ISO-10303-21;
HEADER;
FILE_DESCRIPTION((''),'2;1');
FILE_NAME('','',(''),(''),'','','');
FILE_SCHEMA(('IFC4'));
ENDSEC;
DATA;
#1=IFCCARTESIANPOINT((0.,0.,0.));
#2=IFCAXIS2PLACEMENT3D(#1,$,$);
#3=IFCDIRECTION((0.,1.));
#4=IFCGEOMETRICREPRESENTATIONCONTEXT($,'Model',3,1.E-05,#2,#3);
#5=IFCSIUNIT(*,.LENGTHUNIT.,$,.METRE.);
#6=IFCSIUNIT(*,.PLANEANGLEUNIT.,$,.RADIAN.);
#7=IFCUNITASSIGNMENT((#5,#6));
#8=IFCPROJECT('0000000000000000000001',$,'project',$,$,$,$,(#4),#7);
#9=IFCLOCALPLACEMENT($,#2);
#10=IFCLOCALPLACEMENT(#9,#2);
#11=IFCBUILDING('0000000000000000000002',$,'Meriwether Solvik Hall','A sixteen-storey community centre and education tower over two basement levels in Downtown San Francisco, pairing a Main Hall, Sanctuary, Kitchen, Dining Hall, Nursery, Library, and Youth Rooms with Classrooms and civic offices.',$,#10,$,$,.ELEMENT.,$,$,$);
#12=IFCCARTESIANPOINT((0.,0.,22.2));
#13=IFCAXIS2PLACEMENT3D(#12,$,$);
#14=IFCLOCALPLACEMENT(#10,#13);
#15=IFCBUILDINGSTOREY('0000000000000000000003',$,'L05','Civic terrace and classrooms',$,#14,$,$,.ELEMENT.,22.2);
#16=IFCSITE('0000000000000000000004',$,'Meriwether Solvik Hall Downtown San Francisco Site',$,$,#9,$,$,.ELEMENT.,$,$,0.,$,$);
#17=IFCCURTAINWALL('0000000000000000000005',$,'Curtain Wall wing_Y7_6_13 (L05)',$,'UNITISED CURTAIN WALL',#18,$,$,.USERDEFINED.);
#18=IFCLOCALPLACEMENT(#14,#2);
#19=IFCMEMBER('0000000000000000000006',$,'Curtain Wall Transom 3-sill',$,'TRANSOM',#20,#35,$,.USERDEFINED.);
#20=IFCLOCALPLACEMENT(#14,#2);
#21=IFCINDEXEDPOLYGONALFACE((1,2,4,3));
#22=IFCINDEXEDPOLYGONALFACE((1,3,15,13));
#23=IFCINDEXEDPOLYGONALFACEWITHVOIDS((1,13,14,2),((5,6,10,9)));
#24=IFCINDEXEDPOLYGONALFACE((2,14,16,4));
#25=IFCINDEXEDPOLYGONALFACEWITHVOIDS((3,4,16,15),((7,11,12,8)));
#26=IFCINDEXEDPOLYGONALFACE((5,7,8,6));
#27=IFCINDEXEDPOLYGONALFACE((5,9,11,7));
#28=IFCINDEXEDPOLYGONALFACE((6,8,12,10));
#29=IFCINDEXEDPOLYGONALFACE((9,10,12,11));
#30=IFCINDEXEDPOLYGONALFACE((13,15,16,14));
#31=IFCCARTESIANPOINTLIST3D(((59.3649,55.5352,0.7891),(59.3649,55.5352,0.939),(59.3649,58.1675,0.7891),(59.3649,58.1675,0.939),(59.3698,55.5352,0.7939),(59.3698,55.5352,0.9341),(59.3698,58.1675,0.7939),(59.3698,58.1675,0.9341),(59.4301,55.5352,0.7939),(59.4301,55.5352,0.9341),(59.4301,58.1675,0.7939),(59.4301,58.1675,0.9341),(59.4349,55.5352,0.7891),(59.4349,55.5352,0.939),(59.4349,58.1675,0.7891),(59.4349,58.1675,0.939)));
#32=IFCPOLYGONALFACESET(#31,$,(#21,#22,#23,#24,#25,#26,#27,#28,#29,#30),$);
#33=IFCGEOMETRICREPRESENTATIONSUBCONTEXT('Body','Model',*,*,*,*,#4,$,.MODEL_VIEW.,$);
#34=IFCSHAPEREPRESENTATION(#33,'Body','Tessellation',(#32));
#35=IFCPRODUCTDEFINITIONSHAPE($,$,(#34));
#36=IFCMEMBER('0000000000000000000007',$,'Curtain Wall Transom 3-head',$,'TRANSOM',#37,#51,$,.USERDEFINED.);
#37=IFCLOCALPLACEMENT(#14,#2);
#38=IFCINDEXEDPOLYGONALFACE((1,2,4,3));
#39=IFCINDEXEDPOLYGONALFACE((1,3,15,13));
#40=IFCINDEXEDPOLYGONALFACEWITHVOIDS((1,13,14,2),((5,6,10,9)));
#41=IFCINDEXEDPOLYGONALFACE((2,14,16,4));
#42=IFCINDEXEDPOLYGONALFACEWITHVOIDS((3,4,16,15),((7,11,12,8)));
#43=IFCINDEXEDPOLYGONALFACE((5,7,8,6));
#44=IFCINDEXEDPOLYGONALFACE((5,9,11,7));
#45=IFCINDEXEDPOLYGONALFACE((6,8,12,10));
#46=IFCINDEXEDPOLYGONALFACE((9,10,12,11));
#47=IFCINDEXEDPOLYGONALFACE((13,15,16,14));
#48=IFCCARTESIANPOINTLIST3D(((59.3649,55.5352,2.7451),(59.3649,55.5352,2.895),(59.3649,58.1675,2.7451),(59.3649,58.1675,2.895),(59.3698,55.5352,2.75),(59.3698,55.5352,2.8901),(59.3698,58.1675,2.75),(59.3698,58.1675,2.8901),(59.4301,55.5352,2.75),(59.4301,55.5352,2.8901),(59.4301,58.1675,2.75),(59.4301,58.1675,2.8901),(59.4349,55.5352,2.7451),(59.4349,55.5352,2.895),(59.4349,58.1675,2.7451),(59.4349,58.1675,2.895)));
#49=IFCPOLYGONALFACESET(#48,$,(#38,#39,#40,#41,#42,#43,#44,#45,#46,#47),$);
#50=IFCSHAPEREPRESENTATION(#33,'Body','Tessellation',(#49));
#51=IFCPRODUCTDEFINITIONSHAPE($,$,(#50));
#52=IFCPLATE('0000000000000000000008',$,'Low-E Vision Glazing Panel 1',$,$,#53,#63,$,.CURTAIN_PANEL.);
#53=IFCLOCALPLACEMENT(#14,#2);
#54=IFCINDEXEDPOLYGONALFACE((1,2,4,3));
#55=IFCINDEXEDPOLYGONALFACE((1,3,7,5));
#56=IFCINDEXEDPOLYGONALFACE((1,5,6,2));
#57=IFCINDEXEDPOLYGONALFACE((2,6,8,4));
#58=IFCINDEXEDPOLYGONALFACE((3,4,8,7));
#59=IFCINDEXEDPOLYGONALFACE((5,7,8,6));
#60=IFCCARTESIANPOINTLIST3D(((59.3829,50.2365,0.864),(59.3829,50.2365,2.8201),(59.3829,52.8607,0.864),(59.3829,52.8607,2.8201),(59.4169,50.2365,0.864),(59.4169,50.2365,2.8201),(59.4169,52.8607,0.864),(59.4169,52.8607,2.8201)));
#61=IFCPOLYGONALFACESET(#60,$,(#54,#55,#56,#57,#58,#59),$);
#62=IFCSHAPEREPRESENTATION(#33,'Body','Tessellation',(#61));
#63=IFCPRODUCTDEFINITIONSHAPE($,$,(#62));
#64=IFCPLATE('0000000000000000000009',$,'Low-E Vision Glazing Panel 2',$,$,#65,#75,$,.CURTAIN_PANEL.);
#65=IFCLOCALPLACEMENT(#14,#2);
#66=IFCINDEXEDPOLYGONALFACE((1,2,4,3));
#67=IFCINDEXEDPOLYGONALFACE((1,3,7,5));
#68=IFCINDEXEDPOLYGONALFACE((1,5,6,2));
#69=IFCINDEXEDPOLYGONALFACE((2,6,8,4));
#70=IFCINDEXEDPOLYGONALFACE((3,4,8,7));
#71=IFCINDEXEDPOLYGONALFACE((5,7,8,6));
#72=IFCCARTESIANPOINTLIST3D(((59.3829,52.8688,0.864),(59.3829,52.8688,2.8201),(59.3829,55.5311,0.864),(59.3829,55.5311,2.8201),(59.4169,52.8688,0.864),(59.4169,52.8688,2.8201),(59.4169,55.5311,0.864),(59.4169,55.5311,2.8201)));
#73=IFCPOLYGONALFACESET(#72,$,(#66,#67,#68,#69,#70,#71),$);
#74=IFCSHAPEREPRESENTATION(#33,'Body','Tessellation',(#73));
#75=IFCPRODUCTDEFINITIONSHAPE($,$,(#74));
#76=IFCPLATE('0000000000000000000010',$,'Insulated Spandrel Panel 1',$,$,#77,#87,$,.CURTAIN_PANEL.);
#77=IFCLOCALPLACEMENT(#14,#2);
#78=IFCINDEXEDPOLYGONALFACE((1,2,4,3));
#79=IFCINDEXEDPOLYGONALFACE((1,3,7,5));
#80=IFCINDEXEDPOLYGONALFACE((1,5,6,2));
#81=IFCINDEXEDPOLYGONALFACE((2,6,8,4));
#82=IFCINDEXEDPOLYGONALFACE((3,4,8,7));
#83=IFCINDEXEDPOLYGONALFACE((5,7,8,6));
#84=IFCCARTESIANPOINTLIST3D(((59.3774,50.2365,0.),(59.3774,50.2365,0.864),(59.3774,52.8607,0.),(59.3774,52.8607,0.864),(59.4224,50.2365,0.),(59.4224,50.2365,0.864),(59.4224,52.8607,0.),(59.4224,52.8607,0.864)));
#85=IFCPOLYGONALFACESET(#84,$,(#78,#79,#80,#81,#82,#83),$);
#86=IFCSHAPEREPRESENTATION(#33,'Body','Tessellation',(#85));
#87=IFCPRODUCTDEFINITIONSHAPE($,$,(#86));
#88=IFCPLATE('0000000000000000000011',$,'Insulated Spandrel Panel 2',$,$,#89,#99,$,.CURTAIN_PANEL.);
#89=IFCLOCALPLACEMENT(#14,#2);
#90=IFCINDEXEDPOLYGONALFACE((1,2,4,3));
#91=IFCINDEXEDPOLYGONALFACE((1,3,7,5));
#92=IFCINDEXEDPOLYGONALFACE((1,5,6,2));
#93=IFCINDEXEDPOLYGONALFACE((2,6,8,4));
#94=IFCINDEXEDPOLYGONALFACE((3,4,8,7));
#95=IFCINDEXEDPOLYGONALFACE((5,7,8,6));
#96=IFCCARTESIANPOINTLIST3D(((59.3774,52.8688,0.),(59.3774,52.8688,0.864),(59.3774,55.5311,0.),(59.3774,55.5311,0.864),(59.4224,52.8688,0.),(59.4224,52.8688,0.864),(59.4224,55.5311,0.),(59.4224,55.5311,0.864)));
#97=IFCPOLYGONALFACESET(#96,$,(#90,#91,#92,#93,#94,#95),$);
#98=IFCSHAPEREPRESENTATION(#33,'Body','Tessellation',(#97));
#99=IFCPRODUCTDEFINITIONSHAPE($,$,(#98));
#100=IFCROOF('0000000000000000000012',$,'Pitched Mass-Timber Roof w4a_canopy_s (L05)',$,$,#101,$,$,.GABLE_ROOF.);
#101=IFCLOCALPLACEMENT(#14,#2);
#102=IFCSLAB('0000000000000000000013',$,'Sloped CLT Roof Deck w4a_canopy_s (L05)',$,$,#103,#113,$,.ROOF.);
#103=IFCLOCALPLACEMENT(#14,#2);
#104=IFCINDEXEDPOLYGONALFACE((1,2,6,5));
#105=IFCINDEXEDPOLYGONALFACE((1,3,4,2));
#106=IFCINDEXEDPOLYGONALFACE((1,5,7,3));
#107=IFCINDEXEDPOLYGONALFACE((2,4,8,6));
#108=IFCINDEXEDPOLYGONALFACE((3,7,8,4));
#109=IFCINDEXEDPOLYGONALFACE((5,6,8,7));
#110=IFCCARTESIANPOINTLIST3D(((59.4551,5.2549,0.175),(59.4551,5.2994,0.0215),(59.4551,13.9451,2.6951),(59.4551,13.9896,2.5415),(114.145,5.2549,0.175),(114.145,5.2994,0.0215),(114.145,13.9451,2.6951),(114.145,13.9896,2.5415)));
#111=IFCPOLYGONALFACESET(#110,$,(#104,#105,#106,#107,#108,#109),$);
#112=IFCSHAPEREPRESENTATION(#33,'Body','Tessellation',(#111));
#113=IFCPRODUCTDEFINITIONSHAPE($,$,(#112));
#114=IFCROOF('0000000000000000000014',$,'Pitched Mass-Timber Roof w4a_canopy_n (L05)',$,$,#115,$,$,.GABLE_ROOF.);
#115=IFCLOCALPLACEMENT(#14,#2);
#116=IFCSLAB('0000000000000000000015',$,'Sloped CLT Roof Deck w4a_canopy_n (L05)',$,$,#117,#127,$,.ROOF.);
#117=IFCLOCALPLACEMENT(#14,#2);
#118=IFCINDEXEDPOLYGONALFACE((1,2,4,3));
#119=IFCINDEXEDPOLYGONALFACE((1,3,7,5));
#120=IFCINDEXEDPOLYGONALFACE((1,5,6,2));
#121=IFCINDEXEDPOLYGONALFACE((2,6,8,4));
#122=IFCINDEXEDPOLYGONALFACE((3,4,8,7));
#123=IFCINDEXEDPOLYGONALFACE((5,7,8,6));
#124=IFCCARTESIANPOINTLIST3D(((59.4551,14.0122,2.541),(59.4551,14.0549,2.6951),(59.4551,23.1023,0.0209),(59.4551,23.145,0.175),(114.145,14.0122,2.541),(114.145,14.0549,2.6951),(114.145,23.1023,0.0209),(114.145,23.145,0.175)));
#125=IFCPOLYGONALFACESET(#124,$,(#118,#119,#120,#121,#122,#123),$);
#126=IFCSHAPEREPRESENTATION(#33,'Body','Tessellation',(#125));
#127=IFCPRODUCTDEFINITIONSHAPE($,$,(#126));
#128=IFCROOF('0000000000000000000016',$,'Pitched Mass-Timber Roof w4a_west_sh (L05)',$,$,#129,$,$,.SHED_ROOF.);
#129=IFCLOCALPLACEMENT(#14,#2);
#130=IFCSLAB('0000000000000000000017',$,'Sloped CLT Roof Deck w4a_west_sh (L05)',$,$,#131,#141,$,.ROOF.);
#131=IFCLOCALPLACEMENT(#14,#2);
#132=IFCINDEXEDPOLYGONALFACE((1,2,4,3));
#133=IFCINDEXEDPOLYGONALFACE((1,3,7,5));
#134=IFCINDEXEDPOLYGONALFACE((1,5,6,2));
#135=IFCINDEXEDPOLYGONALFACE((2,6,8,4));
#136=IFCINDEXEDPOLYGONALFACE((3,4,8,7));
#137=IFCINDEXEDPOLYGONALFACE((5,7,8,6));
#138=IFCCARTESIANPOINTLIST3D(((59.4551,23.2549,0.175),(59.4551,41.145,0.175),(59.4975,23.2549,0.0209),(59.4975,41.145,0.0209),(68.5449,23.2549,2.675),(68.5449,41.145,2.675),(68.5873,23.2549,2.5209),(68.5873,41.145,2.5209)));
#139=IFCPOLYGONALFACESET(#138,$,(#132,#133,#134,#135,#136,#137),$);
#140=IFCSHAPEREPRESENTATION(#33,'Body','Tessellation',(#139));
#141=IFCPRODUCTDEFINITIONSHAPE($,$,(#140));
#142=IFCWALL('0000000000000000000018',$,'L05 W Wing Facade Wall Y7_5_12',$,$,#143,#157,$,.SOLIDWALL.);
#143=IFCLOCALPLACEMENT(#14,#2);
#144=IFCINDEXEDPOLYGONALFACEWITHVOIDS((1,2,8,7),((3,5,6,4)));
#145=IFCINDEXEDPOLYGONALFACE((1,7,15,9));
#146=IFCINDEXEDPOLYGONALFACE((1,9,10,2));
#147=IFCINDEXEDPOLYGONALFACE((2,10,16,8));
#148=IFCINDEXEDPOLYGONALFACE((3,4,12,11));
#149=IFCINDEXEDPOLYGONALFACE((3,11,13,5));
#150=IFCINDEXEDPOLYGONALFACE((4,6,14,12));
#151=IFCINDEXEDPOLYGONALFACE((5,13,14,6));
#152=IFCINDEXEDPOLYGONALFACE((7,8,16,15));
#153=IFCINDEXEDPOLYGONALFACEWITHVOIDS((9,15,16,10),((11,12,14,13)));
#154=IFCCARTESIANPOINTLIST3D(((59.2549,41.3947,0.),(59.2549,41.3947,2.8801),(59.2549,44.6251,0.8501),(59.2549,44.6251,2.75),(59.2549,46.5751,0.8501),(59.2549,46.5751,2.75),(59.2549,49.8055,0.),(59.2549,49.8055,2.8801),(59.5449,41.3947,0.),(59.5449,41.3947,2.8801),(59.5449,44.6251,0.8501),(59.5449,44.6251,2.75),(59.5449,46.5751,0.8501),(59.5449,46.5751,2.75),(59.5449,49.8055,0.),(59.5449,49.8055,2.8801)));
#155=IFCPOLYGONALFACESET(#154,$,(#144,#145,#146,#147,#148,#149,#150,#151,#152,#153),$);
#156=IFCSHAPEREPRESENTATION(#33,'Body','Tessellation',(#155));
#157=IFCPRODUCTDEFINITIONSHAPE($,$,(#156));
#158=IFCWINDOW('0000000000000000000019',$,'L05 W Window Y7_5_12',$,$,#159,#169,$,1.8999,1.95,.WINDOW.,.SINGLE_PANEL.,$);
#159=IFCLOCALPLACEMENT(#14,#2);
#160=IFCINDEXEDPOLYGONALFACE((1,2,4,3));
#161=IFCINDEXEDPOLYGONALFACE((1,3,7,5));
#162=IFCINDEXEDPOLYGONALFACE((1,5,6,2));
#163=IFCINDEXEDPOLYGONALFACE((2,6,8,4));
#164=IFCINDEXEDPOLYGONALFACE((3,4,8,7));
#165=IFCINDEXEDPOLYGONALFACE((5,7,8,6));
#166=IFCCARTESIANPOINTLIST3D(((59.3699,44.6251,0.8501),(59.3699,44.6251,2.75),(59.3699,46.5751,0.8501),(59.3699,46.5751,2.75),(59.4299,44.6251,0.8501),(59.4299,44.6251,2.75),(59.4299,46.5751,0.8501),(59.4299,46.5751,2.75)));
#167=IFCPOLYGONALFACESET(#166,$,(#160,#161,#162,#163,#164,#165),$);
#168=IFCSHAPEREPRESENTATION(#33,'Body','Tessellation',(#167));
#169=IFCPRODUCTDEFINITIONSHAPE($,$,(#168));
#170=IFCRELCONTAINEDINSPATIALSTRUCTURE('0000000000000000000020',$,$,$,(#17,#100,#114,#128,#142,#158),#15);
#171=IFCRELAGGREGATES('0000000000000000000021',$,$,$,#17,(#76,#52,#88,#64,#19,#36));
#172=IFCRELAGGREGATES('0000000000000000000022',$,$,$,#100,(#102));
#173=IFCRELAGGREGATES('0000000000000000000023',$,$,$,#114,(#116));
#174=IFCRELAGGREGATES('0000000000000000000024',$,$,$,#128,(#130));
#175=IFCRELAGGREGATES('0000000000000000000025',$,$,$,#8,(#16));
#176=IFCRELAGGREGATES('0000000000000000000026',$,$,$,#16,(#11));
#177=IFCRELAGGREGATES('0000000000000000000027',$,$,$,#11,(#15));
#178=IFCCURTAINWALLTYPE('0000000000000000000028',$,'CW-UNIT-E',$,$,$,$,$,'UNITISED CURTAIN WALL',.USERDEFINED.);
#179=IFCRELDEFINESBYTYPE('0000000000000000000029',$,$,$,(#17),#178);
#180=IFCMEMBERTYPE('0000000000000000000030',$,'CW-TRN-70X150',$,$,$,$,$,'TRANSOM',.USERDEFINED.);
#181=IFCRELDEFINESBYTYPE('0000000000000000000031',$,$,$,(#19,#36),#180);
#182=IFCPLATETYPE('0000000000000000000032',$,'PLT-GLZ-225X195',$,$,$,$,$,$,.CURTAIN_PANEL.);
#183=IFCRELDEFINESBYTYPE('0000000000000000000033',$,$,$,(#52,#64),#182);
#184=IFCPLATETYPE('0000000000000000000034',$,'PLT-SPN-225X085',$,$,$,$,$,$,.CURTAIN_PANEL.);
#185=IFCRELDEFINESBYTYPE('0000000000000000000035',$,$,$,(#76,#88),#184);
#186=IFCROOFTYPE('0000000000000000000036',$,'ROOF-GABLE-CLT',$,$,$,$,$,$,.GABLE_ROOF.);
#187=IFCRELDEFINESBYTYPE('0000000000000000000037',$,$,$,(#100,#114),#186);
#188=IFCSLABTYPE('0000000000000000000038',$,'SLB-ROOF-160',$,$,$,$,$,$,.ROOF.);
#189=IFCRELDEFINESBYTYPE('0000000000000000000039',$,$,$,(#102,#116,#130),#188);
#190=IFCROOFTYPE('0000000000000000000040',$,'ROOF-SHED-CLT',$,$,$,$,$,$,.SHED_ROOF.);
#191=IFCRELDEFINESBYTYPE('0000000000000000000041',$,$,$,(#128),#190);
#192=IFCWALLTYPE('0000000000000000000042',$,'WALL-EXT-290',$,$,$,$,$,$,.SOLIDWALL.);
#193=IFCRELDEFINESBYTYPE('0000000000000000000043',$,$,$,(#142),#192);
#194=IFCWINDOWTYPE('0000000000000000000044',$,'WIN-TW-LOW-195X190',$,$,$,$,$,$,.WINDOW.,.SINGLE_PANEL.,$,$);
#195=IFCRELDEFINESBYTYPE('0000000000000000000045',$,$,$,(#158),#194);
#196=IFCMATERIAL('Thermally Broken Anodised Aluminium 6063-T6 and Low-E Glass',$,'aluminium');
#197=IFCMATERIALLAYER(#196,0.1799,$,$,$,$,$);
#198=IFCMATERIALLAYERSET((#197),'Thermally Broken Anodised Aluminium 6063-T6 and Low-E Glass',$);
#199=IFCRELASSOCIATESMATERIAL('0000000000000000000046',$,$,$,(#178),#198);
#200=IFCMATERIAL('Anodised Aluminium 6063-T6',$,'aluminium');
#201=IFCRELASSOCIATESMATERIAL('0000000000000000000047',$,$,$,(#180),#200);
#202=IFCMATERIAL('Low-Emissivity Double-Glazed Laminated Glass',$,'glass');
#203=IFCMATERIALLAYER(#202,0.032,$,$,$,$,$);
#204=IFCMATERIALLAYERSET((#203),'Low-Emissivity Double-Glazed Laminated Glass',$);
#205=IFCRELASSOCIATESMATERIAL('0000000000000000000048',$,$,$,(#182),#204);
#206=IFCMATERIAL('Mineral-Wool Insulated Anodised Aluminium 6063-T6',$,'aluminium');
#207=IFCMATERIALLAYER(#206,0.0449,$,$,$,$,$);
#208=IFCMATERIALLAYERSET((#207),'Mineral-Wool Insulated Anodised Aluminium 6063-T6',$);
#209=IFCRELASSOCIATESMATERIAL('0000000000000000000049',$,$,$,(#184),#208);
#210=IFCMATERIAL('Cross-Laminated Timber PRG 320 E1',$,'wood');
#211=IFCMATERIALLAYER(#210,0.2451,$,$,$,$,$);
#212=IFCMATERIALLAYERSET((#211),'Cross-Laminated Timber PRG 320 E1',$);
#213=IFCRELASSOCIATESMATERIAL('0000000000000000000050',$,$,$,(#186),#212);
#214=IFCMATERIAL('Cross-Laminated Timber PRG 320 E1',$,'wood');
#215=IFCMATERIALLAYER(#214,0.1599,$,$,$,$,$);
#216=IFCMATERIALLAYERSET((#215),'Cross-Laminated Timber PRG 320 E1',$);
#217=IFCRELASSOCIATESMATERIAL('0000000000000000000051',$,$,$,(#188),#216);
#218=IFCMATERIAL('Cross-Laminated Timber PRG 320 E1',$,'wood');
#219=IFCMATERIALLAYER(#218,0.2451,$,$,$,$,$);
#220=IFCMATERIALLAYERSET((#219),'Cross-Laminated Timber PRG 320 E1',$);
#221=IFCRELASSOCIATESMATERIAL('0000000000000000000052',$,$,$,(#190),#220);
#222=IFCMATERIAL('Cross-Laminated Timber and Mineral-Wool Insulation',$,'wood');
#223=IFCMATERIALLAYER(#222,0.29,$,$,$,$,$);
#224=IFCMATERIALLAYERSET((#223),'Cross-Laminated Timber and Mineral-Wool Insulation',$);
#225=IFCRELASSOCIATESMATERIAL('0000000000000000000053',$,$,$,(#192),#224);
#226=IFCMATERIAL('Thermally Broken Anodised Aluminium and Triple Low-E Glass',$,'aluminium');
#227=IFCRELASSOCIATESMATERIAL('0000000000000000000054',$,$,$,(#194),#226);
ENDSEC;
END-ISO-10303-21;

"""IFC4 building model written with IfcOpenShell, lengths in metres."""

from ifc_helpers import new_model, si_unit, direction, frame, frame_2d, origin, origin_2d, place, context, subcontext, project, spatial, polyline, rectangle, hollow_rectangle, outline, extrude, material, layer, layer_set, material_profile, profile_set, type_object, element, fill, aggregate, save


model = new_model("IFC4")

# Units and contexts
model_context = context("Model", 3, precision=1e-05, world=origin(), true_north=direction((0.0, 1.0)))
body_context = subcontext(model_context, "Body", "Model", "MODEL_VIEW")
ifc_project = project(units=[si_unit("LENGTHUNIT", "METRE"), si_unit("PLANEANGLEUNIT", "RADIAN")], contexts=[model_context])

# Site, building, storey
site_placement = place(None, origin())
site = spatial("IfcSite", under=ifc_project, at=site_placement, Name="Meriwether Solvik Hall Downtown San Francisco Site", CompositionType="ELEMENT", RefElevation=0.0)
building_placement = place(site_placement, origin())
building = spatial("IfcBuilding", under=site, at=building_placement, Name="Meriwether Solvik Hall", Description="A sixteen-storey community centre and education tower over two basement levels in Downtown San Francisco, pairing a Main Hall, Sanctuary, Kitchen, Dining Hall, Nursery, Library, and Youth Rooms with Classrooms and civic offices.", CompositionType="ELEMENT")
storey_placement = place(building_placement, frame((0.0, 0.0, 22.2)))
storey = spatial("IfcBuildingStorey", under=building, at=storey_placement, Name="L05", Description="Civic terrace and classrooms", CompositionType="ELEMENT", Elevation=22.2)

# Curtain wall, members, plates
ifc_material_1 = material(Name="Thermally Broken Anodised Aluminium 6063-T6 and Low-E Glass", Category="aluminium")
ifc_layer_1 = layer(ifc_material_1, 0.1799)
ifc_layer_set_1 = layer_set([ifc_layer_1], Name="Thermally Broken Anodised Aluminium 6063-T6 and Low-E Glass")
curtain_wall_type = type_object("IfcCurtainWallType", Name="CW-UNIT-E", ElementType="UNITISED CURTAIN WALL", PredefinedType="USERDEFINED", material=ifc_layer_set_1)
curtain_wall_placement = place(storey_placement, origin())
curtain_wall = element("IfcCurtainWall", 1, at=curtain_wall_placement, inside=storey, type_object=curtain_wall_type, Name="Curtain Wall wing_Y7_6_13 (L05)", ObjectType="UNITISED CURTAIN WALL", PredefinedType="USERDEFINED")
ifc_material_2 = material(Name="Anodised Aluminium 6063-T6", Category="aluminium")
ifc_material_profile_1 = material_profile(ifc_material_2, hollow_rectangle(XDim=0.0701, YDim=0.1499, WallThickness=0.0049, at=origin_2d()), Name="CWT-70X150")
ifc_profile_set_1 = profile_set([ifc_material_profile_1], Name="Anodised Aluminium 6063-T6")
member_type_1 = type_object("IfcMemberType", Name="CW-TRN-70X150", ElementType="TRANSOM", PredefinedType="USERDEFINED", material=ifc_profile_set_1)
member_1_placement = place(storey_placement, frame((59.3999, 55.5352, 0.864), z_axis=(0.0, 1.0, 0.0), x_axis=(-1.0, 0.0, 0.0)))
member_1 = element("IfcMember", 2, at=member_1_placement, type_object=member_type_1, Name="Curtain Wall Transom 3-sill", ObjectType="TRANSOM", PredefinedType="USERDEFINED", context=body_context, shape_type="SweptSolid", body=[
    extrude(hollow_rectangle(XDim=0.0701, YDim=0.1499, WallThickness=0.0049, at=origin_2d()), origin(), (0.0, 0.0, 1.0), 2.6323),
])
member_2_placement = place(storey_placement, frame((59.3999, 55.5352, 2.8201), z_axis=(0.0, 1.0, 0.0), x_axis=(-1.0, 0.0, 0.0)))
member_2 = element("IfcMember", 3, at=member_2_placement, type_object=member_type_1, Name="Curtain Wall Transom 3-head", ObjectType="TRANSOM", PredefinedType="USERDEFINED", context=body_context, shape_type="SweptSolid", body=[
    extrude(hollow_rectangle(XDim=0.0701, YDim=0.1499, WallThickness=0.0049, at=origin_2d()), origin(), (0.0, 0.0, 1.0), 2.6323),
])
ifc_material_3 = material(Name="Low-Emissivity Double-Glazed Laminated Glass", Category="glass")
ifc_layer_2 = layer(ifc_material_3, 0.032)
ifc_layer_set_2 = layer_set([ifc_layer_2], Name="Low-Emissivity Double-Glazed Laminated Glass")
plate_type_1 = type_object("IfcPlateType", Name="PLT-GLZ-225X195", PredefinedType="CURTAIN_PANEL", material=ifc_layer_set_2)
plate_1_placement = place(storey_placement, frame((59.3999, 51.5486, 0.864), z_axis=(0.0, 0.0, 1.0), x_axis=(0.0, 1.0, 0.0)))
plate_1 = element("IfcPlate", 4, at=plate_1_placement, type_object=plate_type_1, Name="Low-E Vision Glazing Panel 1", PredefinedType="CURTAIN_PANEL", context=body_context, shape_type="SweptSolid", body=[
    extrude(rectangle(XDim=2.6243, YDim=0.0339, at=origin_2d()), origin(), (0.0, 0.0, 1.0), 1.9561),
])
plate_2_placement = place(storey_placement, frame((59.3999, 54.2, 0.864), z_axis=(0.0, 0.0, 1.0), x_axis=(0.0, 1.0, 0.0)))
plate_2 = element("IfcPlate", 5, at=plate_2_placement, type_object=plate_type_1, Name="Low-E Vision Glazing Panel 2", PredefinedType="CURTAIN_PANEL", context=body_context, shape_type="SweptSolid", body=[
    extrude(rectangle(XDim=2.6624, YDim=0.0339, at=origin_2d()), origin(), (0.0, 0.0, 1.0), 1.9561),
])
ifc_material_4 = material(Name="Mineral-Wool Insulated Anodised Aluminium 6063-T6", Category="aluminium")
ifc_layer_3 = layer(ifc_material_4, 0.0449)
ifc_layer_set_3 = layer_set([ifc_layer_3], Name="Mineral-Wool Insulated Anodised Aluminium 6063-T6")
plate_type_2 = type_object("IfcPlateType", Name="PLT-SPN-225X085", PredefinedType="CURTAIN_PANEL", material=ifc_layer_set_3)
plate_3_placement = place(storey_placement, frame((59.3999, 51.5486, 0.0), z_axis=(0.0, 0.0, 1.0), x_axis=(0.0, 1.0, 0.0)))
plate_3 = element("IfcPlate", 6, at=plate_3_placement, type_object=plate_type_2, Name="Insulated Spandrel Panel 1", PredefinedType="CURTAIN_PANEL", context=body_context, shape_type="SweptSolid", body=[
    extrude(rectangle(XDim=2.6243, YDim=0.0449, at=origin_2d()), origin(), (0.0, 0.0, 1.0), 0.864),
])
plate_4_placement = place(storey_placement, frame((59.3999, 54.2, 0.0), z_axis=(0.0, 0.0, 1.0), x_axis=(0.0, 1.0, 0.0)))
plate_4 = element("IfcPlate", 7, at=plate_4_placement, type_object=plate_type_2, Name="Insulated Spandrel Panel 2", PredefinedType="CURTAIN_PANEL", context=body_context, shape_type="SweptSolid", body=[
    extrude(rectangle(XDim=2.6624, YDim=0.0449, at=origin_2d()), origin(), (0.0, 0.0, 1.0), 0.864),
])
aggregate(curtain_wall, [plate_3, plate_1, plate_4, plate_2, member_1, member_2])

# Roofs, slabs
ifc_material_5 = material(Name="Cross-Laminated Timber PRG 320 E1", Category="wood")
ifc_layer_4 = layer(ifc_material_5, 0.2451)
ifc_layer_set_4 = layer_set([ifc_layer_4], Name="Cross-Laminated Timber PRG 320 E1")
roof_type_1 = type_object("IfcRoofType", Name="ROOF-GABLE-CLT", PredefinedType="GABLE_ROOF", material=ifc_layer_set_4)
roof_1_placement = place(storey_placement, origin())
roof_1 = element("IfcRoof", 8, at=roof_1_placement, inside=storey, type_object=roof_type_1, Name="Pitched Mass-Timber Roof w4a_canopy_s (L05)", PredefinedType="GABLE_ROOF")
ifc_material_6 = material(Name="Cross-Laminated Timber PRG 320 E1", Category="wood")
ifc_layer_5 = layer(ifc_material_6, 0.1599)
ifc_layer_set_5 = layer_set([ifc_layer_5], Name="Cross-Laminated Timber PRG 320 E1")
slab_type = type_object("IfcSlabType", Name="SLB-ROOF-160", PredefinedType="ROOF", material=ifc_layer_set_5)
slab_1_placement = place(storey_placement, frame((59.4551, 5.2549, 0.175), z_axis=(0.0, -0.278511, 0.960433), x_axis=(1.0, 0.0, 0.0)))
slab_1 = element("IfcSlab", 9, at=slab_1_placement, type_object=slab_type, Name="Sloped CLT Roof Deck w4a_canopy_s (L05)", PredefinedType="ROOF", context=body_context, shape_type="SweptSolid", body=[
    extrude(outline(polyline([(0.0, 0.0), (54.6899, 0.0), (54.6899, 9.0482), (0.0, 9.0482), (0.0, 0.0)])), origin(), (0.0, 0.0, -1.0), 0.1599),
])
aggregate(roof_1, [slab_1])
roof_2_placement = place(storey_placement, origin())
roof_2 = element("IfcRoof", 10, at=roof_2_placement, inside=storey, type_object=roof_type_1, Name="Pitched Mass-Timber Roof w4a_canopy_n (L05)", PredefinedType="GABLE_ROOF")
slab_2_placement = place(storey_placement, frame((59.4551, 14.0549, 2.6951), z_axis=(0.0, 0.267151, 0.963655), x_axis=(1.0, 0.0, 0.0)))
slab_2 = element("IfcSlab", 11, at=slab_2_placement, type_object=slab_type, Name="Sloped CLT Roof Deck w4a_canopy_n (L05)", PredefinedType="ROOF", context=body_context, shape_type="SweptSolid", body=[
    extrude(outline(polyline([(0.0, 0.0), (54.6899, 0.0), (54.6899, 9.4329), (0.0, 9.4329), (0.0, 0.0)])), origin(), (0.0, 0.0, -1.0), 0.1599),
])
aggregate(roof_2, [slab_2])
ifc_material_7 = material(Name="Cross-Laminated Timber PRG 320 E1", Category="wood")
ifc_layer_6 = layer(ifc_material_7, 0.2451)
ifc_layer_set_6 = layer_set([ifc_layer_6], Name="Cross-Laminated Timber PRG 320 E1")
roof_type_2 = type_object("IfcRoofType", Name="ROOF-SHED-CLT", PredefinedType="SHED_ROOF", material=ifc_layer_set_6)
roof_3_placement = place(storey_placement, origin())
roof_3 = element("IfcRoof", 12, at=roof_3_placement, inside=storey, type_object=roof_type_2, Name="Pitched Mass-Timber Roof w4a_west_sh (L05)", PredefinedType="SHED_ROOF")
slab_3_placement = place(storey_placement, frame((59.4551, 23.2549, 0.175), z_axis=(-0.265185, 0.0, 0.964197), x_axis=(0.964197, 0.0, 0.265185)))
slab_3 = element("IfcSlab", 13, at=slab_3_placement, type_object=slab_type, Name="Sloped CLT Roof Deck w4a_west_sh (L05)", PredefinedType="ROOF", context=body_context, shape_type="SweptSolid", body=[
    extrude(outline(polyline([(0.0, 0.0), (9.4274, 0.0), (9.4274, 17.8901), (0.0, 17.8901), (0.0, 0.0)])), origin(), (0.0, 0.0, -1.0), 0.1599),
])
aggregate(roof_3, [slab_3])

# Wall, opening, window
ifc_material_8 = material(Name="Cross-Laminated Timber and Mineral-Wool Insulation", Category="wood")
ifc_layer_7 = layer(ifc_material_8, 0.29)
ifc_layer_set_7 = layer_set([ifc_layer_7], Name="Cross-Laminated Timber and Mineral-Wool Insulation")
wall_type = type_object("IfcWallType", Name="WALL-EXT-290", PredefinedType="SOLIDWALL", material=ifc_layer_set_7)
wall_placement = place(storey_placement, frame((59.3999, 41.3945, 0.0), z_axis=(0.0, 0.0, 1.0), x_axis=(0.0, 1.0, 0.0)))
wall = element("IfcWall", 14, at=wall_placement, inside=storey, type_object=wall_type, Name="L05 W Wing Facade Wall Y7_5_12", PredefinedType="SOLIDWALL", context=body_context, shape_type="SweptSolid", body=[
    extrude(rectangle(XDim=8.4109, YDim=0.29, at=frame_2d((4.2056, 0.0))), origin(), (0.0, 0.0, 1.0), 2.8801),
])
opening_placement = place(wall_placement, frame((3.2305, 0.0, 0.8501)))
opening = element("IfcOpeningElement", 15, at=opening_placement, cuts=wall, PredefinedType="OPENING", context=body_context, shape_type="SweptSolid", body=[
    extrude(rectangle(XDim=1.95, YDim=1.8999, at=frame_2d((0.9751, 0.95))), frame((0.0, 0.157, 0.0), z_axis=(0.0, -1.0, 0.0), x_axis=(1.0, 0.0, 0.0)), (0.0, 0.0, 1.0), 0.314),
])
ifc_material_9 = material(Name="Thermally Broken Anodised Aluminium and Triple Low-E Glass", Category="aluminium")
window_type = type_object("IfcWindowType", Name="WIN-TW-LOW-195X190", PartitioningType="SINGLE_PANEL", PredefinedType="WINDOW", material=ifc_material_9)
window_placement = place(opening_placement, origin())
window = element("IfcWindow", 16, at=window_placement, inside=storey, type_object=window_type, Name="L05 W Window Y7_5_12", OverallHeight=1.8999, OverallWidth=1.95, PartitioningType="SINGLE_PANEL", PredefinedType="WINDOW", context=body_context, shape_type="SweptSolid", body=[
    extrude(rectangle(XDim=1.95, YDim=1.8999, at=frame_2d((0.9751, 0.95))), frame((0.0, 0.03, 0.0), z_axis=(0.0, -1.0, 0.0), x_axis=(1.0, 0.0, 0.0)), (0.0, 0.0, 1.0), 0.0601),
])
fill(opening, window)

save(model, "model.ifc")
